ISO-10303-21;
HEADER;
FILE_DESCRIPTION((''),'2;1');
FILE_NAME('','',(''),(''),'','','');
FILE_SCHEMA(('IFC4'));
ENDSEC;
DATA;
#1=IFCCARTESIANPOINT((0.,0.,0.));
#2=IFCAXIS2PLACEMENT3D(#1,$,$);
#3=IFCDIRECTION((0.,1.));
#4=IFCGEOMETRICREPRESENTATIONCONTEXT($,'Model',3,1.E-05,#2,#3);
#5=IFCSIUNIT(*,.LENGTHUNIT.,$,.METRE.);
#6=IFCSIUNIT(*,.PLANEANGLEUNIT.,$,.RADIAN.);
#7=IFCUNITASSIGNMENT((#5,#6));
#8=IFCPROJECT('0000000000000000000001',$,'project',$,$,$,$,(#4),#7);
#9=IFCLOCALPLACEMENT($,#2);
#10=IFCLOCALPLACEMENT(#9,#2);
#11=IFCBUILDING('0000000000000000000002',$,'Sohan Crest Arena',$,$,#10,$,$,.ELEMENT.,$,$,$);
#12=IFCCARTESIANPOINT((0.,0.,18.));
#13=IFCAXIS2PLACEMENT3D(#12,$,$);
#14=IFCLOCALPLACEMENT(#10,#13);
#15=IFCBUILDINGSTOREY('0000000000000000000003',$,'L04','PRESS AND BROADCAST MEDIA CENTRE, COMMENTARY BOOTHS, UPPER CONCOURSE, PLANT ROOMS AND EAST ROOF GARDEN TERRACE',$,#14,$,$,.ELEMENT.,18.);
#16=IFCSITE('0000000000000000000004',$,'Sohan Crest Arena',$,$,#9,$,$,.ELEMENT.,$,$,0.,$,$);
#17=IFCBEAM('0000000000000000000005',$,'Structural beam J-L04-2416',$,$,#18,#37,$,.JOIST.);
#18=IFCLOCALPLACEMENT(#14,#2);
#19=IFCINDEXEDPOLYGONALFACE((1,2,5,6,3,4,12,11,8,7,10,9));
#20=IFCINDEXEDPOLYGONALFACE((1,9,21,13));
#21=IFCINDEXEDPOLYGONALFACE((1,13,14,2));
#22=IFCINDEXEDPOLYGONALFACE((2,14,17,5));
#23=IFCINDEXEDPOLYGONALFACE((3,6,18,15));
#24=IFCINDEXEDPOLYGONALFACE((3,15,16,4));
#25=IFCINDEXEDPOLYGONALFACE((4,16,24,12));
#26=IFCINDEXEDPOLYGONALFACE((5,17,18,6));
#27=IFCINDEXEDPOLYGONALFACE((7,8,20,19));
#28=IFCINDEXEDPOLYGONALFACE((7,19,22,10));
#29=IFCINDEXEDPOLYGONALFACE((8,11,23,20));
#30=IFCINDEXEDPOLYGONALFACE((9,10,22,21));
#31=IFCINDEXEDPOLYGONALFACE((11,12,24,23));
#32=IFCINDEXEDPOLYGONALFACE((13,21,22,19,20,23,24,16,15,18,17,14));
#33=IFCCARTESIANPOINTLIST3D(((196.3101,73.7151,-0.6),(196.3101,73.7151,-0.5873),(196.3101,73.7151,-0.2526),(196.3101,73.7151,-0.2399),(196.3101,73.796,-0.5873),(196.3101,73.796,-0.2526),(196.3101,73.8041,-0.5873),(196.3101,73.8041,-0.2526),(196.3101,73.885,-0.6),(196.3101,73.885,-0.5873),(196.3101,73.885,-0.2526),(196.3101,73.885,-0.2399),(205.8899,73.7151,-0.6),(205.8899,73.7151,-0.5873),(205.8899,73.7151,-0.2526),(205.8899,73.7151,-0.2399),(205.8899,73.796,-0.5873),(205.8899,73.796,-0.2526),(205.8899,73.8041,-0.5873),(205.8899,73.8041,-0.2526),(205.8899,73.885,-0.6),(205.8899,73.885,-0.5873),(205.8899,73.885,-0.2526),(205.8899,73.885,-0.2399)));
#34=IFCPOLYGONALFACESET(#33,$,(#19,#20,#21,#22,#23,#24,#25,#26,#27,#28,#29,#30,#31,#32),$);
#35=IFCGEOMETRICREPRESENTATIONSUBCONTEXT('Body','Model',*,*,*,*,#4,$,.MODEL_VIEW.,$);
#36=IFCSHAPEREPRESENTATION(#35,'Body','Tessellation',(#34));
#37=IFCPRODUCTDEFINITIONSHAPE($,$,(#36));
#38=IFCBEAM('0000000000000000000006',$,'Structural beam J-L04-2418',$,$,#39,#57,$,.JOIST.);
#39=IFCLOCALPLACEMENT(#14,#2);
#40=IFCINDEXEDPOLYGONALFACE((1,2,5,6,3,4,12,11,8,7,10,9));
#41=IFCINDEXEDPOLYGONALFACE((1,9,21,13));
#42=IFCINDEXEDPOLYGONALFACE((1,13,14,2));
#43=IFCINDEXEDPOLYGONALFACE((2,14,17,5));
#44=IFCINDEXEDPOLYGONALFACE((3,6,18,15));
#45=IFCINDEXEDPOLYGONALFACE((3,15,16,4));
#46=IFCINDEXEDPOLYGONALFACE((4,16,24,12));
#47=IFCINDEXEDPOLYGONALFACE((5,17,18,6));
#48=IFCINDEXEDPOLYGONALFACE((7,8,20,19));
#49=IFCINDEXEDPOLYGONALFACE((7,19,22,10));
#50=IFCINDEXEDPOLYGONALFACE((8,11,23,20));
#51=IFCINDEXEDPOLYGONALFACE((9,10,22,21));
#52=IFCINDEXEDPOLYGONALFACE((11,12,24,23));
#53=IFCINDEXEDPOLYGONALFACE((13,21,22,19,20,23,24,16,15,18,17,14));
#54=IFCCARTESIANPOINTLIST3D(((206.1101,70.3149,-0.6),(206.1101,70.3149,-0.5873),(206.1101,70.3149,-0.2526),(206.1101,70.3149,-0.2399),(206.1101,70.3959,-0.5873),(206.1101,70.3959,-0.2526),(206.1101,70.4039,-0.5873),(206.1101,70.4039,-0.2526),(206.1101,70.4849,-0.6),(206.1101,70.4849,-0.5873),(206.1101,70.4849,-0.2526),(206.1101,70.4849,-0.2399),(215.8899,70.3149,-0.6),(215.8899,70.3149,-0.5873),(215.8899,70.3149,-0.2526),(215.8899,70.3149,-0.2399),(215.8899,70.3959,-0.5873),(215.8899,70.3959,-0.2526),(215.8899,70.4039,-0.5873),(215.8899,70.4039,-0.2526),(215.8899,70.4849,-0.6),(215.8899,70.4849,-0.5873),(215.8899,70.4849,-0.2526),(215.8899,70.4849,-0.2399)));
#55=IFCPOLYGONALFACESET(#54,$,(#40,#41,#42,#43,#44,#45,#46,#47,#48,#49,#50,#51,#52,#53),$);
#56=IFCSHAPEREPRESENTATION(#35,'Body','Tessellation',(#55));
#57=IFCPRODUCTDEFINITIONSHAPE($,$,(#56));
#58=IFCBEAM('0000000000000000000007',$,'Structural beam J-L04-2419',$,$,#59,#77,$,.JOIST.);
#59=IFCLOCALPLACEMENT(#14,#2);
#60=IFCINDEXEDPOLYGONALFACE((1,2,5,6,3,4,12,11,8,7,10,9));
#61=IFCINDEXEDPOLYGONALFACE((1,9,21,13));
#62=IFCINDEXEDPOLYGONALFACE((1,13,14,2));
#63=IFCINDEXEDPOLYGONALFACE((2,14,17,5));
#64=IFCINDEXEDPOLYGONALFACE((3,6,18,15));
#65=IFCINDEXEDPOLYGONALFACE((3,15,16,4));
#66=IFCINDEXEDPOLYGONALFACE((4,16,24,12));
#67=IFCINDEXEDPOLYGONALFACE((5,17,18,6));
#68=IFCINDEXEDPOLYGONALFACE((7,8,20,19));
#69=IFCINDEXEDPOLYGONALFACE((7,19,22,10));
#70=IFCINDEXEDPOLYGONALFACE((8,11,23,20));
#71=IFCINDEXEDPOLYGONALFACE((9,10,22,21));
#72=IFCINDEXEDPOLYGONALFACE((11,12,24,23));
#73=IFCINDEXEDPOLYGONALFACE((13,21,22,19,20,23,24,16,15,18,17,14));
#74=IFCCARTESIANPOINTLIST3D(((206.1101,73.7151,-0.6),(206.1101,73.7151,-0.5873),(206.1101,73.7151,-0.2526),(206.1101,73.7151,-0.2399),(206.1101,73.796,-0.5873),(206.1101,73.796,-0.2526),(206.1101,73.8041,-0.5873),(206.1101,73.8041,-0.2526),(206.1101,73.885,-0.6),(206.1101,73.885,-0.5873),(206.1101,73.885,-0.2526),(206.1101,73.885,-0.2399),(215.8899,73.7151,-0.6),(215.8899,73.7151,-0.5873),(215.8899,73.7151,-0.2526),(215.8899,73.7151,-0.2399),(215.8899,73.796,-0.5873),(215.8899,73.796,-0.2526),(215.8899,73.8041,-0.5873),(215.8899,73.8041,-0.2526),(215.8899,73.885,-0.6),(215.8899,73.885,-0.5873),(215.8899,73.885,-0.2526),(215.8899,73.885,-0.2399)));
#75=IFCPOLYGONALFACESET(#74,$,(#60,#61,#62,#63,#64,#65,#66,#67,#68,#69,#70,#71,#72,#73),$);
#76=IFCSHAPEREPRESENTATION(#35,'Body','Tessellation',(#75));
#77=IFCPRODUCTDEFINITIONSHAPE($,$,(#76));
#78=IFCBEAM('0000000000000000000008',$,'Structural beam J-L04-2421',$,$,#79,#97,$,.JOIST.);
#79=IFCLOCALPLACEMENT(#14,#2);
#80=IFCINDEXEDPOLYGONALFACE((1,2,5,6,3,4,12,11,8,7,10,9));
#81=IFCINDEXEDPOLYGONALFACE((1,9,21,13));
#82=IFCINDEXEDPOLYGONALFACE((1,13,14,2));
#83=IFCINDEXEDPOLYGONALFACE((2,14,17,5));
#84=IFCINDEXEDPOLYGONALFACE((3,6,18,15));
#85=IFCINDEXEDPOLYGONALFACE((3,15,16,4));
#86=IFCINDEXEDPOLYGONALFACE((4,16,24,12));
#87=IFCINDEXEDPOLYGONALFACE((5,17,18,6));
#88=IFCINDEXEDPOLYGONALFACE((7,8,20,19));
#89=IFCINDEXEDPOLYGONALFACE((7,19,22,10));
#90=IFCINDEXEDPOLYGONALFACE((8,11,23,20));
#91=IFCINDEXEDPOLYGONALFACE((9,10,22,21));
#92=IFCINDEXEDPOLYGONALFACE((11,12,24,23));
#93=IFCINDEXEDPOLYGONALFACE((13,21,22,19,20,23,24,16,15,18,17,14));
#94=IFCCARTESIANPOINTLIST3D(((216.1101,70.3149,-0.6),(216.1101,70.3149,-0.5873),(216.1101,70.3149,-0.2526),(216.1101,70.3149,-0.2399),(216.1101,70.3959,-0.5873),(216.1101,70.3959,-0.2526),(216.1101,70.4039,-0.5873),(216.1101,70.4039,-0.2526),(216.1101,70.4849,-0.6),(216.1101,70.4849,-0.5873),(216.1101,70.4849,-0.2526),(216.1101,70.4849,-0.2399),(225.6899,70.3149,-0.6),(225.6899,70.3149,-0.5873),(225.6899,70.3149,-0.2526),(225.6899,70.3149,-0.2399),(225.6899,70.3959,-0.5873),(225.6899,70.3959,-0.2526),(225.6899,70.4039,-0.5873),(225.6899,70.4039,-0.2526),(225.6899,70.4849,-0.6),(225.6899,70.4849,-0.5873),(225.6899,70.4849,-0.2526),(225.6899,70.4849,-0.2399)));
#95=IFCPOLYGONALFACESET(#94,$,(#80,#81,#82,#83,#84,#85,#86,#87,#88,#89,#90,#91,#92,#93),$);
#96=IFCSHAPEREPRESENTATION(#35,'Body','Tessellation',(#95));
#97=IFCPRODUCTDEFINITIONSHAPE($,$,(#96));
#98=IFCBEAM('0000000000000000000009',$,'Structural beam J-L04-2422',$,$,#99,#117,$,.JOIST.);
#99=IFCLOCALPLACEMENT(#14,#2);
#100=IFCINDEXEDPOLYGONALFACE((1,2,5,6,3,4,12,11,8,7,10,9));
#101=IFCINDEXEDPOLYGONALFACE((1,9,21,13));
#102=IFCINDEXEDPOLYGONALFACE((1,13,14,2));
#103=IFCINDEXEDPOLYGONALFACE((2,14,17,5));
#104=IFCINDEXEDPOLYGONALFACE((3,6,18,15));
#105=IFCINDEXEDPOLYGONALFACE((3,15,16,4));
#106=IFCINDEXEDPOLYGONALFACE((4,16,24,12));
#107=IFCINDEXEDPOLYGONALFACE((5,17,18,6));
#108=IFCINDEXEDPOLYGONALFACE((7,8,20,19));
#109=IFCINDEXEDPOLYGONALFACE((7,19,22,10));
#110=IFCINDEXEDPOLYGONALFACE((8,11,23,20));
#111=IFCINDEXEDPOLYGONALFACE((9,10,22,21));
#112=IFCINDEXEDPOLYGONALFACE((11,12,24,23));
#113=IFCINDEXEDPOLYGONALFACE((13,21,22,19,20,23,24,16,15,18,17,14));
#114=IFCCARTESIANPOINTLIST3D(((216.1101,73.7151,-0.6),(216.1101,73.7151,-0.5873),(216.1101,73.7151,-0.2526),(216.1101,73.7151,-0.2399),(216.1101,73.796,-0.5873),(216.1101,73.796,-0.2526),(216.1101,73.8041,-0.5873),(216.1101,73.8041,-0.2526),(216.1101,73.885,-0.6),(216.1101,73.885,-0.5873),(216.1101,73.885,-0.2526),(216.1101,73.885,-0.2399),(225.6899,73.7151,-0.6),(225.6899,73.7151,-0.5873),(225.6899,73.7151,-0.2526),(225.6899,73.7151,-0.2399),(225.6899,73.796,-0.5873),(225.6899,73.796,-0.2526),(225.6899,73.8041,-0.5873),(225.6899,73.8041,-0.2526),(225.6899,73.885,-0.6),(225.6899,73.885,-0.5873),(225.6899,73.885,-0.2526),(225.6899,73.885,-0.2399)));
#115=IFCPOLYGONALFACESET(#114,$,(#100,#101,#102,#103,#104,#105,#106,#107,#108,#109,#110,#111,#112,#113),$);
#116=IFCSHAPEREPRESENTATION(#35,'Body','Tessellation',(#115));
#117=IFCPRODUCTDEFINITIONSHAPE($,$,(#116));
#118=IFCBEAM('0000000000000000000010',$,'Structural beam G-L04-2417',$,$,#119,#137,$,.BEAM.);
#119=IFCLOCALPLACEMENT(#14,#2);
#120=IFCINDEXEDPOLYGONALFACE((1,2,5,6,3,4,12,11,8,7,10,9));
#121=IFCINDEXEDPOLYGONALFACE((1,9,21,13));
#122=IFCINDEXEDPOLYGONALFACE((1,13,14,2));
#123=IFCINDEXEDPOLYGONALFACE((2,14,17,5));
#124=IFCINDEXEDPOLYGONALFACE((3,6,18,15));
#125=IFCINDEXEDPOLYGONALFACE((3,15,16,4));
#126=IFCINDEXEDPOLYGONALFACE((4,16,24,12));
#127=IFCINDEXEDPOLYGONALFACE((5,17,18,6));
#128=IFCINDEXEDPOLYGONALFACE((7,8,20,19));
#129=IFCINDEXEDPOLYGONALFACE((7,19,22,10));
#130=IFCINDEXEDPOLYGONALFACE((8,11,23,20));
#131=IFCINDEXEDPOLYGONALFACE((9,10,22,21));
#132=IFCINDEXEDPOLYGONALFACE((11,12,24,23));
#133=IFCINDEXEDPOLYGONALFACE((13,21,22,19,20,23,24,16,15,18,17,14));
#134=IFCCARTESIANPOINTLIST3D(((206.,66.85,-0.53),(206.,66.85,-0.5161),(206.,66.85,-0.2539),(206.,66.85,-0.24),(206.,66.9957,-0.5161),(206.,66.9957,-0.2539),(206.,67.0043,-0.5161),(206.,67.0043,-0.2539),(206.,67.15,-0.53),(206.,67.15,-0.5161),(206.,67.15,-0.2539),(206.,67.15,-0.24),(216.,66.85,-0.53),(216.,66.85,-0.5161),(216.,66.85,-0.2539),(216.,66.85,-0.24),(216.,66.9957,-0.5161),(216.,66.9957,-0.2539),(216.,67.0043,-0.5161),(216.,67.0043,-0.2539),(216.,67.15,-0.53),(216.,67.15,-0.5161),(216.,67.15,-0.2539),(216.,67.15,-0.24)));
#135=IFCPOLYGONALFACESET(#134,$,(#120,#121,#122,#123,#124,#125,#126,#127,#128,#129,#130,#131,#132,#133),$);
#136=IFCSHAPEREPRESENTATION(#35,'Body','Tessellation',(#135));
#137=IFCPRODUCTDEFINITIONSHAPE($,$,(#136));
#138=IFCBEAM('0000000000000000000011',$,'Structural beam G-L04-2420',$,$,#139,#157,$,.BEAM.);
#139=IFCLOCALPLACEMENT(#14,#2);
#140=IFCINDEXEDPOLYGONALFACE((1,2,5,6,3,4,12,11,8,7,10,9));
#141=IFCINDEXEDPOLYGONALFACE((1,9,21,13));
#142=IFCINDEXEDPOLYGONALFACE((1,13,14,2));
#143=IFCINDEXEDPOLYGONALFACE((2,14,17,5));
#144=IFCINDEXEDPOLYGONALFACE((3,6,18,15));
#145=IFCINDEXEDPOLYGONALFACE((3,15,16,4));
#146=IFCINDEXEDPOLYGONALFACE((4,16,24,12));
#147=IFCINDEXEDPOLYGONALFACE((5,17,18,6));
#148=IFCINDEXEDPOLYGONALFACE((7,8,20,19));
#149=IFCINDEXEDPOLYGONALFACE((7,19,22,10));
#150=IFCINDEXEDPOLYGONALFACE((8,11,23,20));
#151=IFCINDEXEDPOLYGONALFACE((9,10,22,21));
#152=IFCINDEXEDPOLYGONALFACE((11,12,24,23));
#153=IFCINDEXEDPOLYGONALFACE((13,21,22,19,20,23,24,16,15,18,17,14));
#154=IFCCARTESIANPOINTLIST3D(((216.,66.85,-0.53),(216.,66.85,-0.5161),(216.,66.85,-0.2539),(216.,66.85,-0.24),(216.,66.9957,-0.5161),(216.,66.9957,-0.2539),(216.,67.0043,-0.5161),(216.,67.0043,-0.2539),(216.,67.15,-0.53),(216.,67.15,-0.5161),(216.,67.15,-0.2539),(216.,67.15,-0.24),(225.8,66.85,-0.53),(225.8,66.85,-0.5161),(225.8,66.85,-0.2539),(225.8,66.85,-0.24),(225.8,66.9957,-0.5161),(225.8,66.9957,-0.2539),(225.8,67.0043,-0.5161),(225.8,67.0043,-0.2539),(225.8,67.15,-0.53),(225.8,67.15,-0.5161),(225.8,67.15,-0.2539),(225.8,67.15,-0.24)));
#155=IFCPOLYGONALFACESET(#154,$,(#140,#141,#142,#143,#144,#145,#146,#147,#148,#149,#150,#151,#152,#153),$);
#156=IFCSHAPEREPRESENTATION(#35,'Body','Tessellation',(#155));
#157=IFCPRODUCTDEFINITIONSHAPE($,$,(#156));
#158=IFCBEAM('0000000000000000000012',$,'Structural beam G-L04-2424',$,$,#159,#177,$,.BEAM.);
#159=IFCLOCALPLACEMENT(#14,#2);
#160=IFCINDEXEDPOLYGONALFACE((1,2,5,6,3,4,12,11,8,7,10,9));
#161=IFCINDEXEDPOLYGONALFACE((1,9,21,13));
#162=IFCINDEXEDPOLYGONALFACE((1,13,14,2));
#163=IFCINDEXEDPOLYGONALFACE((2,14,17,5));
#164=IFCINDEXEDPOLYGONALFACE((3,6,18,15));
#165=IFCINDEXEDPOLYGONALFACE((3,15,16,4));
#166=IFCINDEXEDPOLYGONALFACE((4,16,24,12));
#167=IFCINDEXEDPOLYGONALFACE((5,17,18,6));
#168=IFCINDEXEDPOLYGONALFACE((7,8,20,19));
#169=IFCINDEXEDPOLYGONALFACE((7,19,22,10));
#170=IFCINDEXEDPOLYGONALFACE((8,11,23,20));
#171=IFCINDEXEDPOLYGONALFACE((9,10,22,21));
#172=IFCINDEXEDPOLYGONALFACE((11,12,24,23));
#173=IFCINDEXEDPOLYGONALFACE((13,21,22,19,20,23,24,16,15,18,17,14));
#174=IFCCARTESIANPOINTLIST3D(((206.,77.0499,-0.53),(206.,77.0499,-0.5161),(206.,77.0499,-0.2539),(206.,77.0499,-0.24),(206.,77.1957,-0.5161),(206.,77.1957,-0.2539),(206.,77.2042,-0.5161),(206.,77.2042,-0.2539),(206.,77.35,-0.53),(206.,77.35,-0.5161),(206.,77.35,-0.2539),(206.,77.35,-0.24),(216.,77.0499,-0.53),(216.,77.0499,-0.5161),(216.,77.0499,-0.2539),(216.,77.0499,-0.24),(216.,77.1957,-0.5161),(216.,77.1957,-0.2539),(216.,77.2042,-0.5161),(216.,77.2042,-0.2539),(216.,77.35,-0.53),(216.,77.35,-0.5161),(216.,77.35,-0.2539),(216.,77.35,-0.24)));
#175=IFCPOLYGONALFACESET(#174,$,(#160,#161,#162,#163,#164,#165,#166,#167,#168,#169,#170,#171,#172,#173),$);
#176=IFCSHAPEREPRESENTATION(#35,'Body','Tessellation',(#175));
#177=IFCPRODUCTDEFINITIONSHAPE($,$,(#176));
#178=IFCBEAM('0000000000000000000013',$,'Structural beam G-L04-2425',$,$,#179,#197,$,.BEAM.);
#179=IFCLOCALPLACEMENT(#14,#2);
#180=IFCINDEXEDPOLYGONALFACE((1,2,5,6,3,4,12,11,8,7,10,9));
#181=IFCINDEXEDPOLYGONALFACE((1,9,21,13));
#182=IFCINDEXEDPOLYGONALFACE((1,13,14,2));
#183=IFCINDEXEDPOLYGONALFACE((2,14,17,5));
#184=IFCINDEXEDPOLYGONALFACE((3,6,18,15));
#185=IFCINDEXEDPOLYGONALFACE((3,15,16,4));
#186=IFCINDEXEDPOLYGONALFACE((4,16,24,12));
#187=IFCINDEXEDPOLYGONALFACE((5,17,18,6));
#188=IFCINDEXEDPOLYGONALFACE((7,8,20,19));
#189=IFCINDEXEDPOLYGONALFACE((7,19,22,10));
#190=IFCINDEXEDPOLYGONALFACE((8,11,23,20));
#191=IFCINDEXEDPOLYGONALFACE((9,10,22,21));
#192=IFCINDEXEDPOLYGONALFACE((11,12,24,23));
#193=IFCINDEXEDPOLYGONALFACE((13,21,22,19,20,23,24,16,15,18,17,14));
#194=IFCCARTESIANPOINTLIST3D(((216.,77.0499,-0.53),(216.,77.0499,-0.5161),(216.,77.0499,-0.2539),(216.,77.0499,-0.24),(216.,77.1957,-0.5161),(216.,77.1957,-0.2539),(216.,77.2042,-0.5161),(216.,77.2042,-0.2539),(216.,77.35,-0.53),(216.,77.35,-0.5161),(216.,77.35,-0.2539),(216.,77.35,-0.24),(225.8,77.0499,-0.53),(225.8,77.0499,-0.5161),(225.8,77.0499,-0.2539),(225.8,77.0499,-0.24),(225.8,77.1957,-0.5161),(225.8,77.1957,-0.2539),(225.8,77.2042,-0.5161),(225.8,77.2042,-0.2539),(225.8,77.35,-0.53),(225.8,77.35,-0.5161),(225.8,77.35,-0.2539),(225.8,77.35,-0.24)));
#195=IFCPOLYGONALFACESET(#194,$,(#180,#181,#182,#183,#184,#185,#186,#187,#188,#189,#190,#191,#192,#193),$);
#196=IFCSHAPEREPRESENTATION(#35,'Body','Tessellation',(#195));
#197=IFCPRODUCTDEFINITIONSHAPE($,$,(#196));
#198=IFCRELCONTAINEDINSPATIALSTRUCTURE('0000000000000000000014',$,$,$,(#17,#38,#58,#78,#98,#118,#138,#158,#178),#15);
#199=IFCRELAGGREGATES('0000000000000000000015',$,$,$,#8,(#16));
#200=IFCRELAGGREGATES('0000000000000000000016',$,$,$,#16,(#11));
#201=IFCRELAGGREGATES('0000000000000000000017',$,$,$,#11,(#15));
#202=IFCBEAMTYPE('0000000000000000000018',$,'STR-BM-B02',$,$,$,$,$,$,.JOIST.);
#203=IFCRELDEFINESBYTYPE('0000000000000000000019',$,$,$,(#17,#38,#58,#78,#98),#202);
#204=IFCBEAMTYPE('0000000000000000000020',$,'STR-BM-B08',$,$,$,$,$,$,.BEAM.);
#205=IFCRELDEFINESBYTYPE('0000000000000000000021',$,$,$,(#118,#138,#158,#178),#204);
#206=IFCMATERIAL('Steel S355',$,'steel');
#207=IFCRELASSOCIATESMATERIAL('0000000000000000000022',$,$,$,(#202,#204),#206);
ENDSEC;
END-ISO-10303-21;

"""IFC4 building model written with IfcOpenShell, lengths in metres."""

from ifc_helpers import new_model, si_unit, direction, frame, origin, origin_2d, place, context, subcontext, project, spatial, i_section, extrude, material, material_profile, profile_set, type_object, element, save


model = new_model("IFC4")

# Units and contexts
model_context = context("Model", 3, precision=1e-05, world=origin(), true_north=direction((0.0, 1.0)))
body_context = subcontext(model_context, "Body", "Model", "MODEL_VIEW")
ifc_project = project(units=[si_unit("LENGTHUNIT", "METRE"), si_unit("PLANEANGLEUNIT", "RADIAN")], contexts=[model_context])

# Site, building, storey
site_placement = place(None, origin())
site = spatial("IfcSite", under=ifc_project, at=site_placement, Name="Sohan Crest Arena", CompositionType="ELEMENT", RefElevation=0.0)
building_placement = place(site_placement, origin())
building = spatial("IfcBuilding", under=site, at=building_placement, Name="Sohan Crest Arena", CompositionType="ELEMENT")
storey_placement = place(building_placement, frame((0.0, 0.0, 18.0)))
storey = spatial("IfcBuildingStorey", under=building, at=storey_placement, Name="L04", Description="PRESS AND BROADCAST MEDIA CENTRE, COMMENTARY BOOTHS, UPPER CONCOURSE, PLANT ROOMS AND EAST ROOF GARDEN TERRACE", CompositionType="ELEMENT", Elevation=18.0)

# Beams
ifc_material_1 = material(Name="Steel S355", Category="steel")
ifc_material_profile_1 = material_profile(ifc_material_1, i_section(OverallWidth=0.1699, OverallDepth=0.3601, WebThickness=0.0081, FlangeThickness=0.0127, at=origin_2d()), Name="IPE 360")
ifc_profile_set_1 = profile_set([ifc_material_profile_1], Name="Steel S355")
beam_type_1 = type_object("IfcBeamType", Name="STR-BM-B02", PredefinedType="JOIST", material=ifc_profile_set_1)
beam_1_placement = place(storey_placement, frame((196.3101, 73.8, -0.4199), z_axis=(1.0, 0.0, 0.0), x_axis=(0.0, 1.0, 0.0)))
element("IfcBeam", 1, at=beam_1_placement, inside=storey, type_object=beam_type_1, Name="Structural beam J-L04-2416", PredefinedType="JOIST", context=body_context, shape_type="SweptSolid", body=[
    extrude(i_section(OverallWidth=0.1699, OverallDepth=0.3601, WebThickness=0.0081, FlangeThickness=0.0127, at=origin_2d()), origin(), (0.0, 0.0, 1.0), 9.5798),
])
for number, where, z_axis, x_axis, name in (
    (2, (206.1101, 70.3999, -0.4199), (1.0, 0.0, 0.0), (0.0, 1.0, 0.0), "Structural beam J-L04-2418"),
    (3, (206.1101, 73.8, -0.4199), (1.0, 0.0, 0.0), (0.0, 1.0, 0.0), "Structural beam J-L04-2419"),
):
    element("IfcBeam", number, at=place(storey_placement, frame(where, z_axis=z_axis, x_axis=x_axis)), inside=storey, type_object=beam_type_1, Name=name, PredefinedType="JOIST", context=body_context, shape_type="SweptSolid", body=[
        extrude(i_section(OverallWidth=0.1699, OverallDepth=0.3601, WebThickness=0.0081, FlangeThickness=0.0127, at=origin_2d()), origin(), (0.0, 0.0, 1.0), 9.7798),
    ])
for number, where, z_axis, x_axis, name in (
    (4, (216.1101, 70.3999, -0.4199), (1.0, 0.0, 0.0), (0.0, 1.0, 0.0), "Structural beam J-L04-2421"),
    (5, (216.1101, 73.8, -0.4199), (1.0, 0.0, 0.0), (0.0, 1.0, 0.0), "Structural beam J-L04-2422"),
):
    element("IfcBeam", number, at=place(storey_placement, frame(where, z_axis=z_axis, x_axis=x_axis)), inside=storey, type_object=beam_type_1, Name=name, PredefinedType="JOIST", context=body_context, shape_type="SweptSolid", body=[
        extrude(i_section(OverallWidth=0.1699, OverallDepth=0.3601, WebThickness=0.0081, FlangeThickness=0.0127, at=origin_2d()), origin(), (0.0, 0.0, 1.0), 9.5798),
    ])
ifc_material_profile_2 = material_profile(ifc_material_1, i_section(OverallWidth=0.3, OverallDepth=0.29, WebThickness=0.0085, FlangeThickness=0.0139, at=origin_2d()), Name="HEA 300")
ifc_profile_set_2 = profile_set([ifc_material_profile_2], Name="Steel S355")
beam_type_2 = type_object("IfcBeamType", Name="STR-BM-B08", PredefinedType="BEAM", material=ifc_profile_set_2)
beam_2_placement = place(storey_placement, frame((206.0, 67.0, -0.385), z_axis=(1.0, 0.0, 0.0), x_axis=(0.0, 1.0, 0.0)))
element("IfcBeam", 6, at=beam_2_placement, inside=storey, type_object=beam_type_2, Name="Structural beam G-L04-2417", PredefinedType="BEAM", context=body_context, shape_type="SweptSolid", body=[
    extrude(i_section(OverallWidth=0.3, OverallDepth=0.29, WebThickness=0.0085, FlangeThickness=0.0139, at=origin_2d()), origin(), (0.0, 0.0, 1.0), 10.0),
])
beam_3_placement = place(storey_placement, frame((216.0, 67.0, -0.385), z_axis=(1.0, 0.0, 0.0), x_axis=(0.0, 1.0, 0.0)))
element("IfcBeam", 7, at=beam_3_placement, inside=storey, type_object=beam_type_2, Name="Structural beam G-L04-2420", PredefinedType="BEAM", context=body_context, shape_type="SweptSolid", body=[
    extrude(i_section(OverallWidth=0.3, OverallDepth=0.29, WebThickness=0.0085, FlangeThickness=0.0139, at=origin_2d()), origin(), (0.0, 0.0, 1.0), 9.8),
])
beam_4_placement = place(storey_placement, frame((206.0, 77.2, -0.385), z_axis=(1.0, 0.0, 0.0), x_axis=(0.0, 1.0, 0.0)))
element("IfcBeam", 8, at=beam_4_placement, inside=storey, type_object=beam_type_2, Name="Structural beam G-L04-2424", PredefinedType="BEAM", context=body_context, shape_type="SweptSolid", body=[
    extrude(i_section(OverallWidth=0.3, OverallDepth=0.29, WebThickness=0.0085, FlangeThickness=0.0139, at=origin_2d()), origin(), (0.0, 0.0, 1.0), 10.0),
])
beam_5_placement = place(storey_placement, frame((216.0, 77.2, -0.385), z_axis=(1.0, 0.0, 0.0), x_axis=(0.0, 1.0, 0.0)))
element("IfcBeam", 9, at=beam_5_placement, inside=storey, type_object=beam_type_2, Name="Structural beam G-L04-2425", PredefinedType="BEAM", context=body_context, shape_type="SweptSolid", body=[
    extrude(i_section(OverallWidth=0.3, OverallDepth=0.29, WebThickness=0.0085, FlangeThickness=0.0139, at=origin_2d()), origin(), (0.0, 0.0, 1.0), 9.8),
])

save(model, "model.ifc")
